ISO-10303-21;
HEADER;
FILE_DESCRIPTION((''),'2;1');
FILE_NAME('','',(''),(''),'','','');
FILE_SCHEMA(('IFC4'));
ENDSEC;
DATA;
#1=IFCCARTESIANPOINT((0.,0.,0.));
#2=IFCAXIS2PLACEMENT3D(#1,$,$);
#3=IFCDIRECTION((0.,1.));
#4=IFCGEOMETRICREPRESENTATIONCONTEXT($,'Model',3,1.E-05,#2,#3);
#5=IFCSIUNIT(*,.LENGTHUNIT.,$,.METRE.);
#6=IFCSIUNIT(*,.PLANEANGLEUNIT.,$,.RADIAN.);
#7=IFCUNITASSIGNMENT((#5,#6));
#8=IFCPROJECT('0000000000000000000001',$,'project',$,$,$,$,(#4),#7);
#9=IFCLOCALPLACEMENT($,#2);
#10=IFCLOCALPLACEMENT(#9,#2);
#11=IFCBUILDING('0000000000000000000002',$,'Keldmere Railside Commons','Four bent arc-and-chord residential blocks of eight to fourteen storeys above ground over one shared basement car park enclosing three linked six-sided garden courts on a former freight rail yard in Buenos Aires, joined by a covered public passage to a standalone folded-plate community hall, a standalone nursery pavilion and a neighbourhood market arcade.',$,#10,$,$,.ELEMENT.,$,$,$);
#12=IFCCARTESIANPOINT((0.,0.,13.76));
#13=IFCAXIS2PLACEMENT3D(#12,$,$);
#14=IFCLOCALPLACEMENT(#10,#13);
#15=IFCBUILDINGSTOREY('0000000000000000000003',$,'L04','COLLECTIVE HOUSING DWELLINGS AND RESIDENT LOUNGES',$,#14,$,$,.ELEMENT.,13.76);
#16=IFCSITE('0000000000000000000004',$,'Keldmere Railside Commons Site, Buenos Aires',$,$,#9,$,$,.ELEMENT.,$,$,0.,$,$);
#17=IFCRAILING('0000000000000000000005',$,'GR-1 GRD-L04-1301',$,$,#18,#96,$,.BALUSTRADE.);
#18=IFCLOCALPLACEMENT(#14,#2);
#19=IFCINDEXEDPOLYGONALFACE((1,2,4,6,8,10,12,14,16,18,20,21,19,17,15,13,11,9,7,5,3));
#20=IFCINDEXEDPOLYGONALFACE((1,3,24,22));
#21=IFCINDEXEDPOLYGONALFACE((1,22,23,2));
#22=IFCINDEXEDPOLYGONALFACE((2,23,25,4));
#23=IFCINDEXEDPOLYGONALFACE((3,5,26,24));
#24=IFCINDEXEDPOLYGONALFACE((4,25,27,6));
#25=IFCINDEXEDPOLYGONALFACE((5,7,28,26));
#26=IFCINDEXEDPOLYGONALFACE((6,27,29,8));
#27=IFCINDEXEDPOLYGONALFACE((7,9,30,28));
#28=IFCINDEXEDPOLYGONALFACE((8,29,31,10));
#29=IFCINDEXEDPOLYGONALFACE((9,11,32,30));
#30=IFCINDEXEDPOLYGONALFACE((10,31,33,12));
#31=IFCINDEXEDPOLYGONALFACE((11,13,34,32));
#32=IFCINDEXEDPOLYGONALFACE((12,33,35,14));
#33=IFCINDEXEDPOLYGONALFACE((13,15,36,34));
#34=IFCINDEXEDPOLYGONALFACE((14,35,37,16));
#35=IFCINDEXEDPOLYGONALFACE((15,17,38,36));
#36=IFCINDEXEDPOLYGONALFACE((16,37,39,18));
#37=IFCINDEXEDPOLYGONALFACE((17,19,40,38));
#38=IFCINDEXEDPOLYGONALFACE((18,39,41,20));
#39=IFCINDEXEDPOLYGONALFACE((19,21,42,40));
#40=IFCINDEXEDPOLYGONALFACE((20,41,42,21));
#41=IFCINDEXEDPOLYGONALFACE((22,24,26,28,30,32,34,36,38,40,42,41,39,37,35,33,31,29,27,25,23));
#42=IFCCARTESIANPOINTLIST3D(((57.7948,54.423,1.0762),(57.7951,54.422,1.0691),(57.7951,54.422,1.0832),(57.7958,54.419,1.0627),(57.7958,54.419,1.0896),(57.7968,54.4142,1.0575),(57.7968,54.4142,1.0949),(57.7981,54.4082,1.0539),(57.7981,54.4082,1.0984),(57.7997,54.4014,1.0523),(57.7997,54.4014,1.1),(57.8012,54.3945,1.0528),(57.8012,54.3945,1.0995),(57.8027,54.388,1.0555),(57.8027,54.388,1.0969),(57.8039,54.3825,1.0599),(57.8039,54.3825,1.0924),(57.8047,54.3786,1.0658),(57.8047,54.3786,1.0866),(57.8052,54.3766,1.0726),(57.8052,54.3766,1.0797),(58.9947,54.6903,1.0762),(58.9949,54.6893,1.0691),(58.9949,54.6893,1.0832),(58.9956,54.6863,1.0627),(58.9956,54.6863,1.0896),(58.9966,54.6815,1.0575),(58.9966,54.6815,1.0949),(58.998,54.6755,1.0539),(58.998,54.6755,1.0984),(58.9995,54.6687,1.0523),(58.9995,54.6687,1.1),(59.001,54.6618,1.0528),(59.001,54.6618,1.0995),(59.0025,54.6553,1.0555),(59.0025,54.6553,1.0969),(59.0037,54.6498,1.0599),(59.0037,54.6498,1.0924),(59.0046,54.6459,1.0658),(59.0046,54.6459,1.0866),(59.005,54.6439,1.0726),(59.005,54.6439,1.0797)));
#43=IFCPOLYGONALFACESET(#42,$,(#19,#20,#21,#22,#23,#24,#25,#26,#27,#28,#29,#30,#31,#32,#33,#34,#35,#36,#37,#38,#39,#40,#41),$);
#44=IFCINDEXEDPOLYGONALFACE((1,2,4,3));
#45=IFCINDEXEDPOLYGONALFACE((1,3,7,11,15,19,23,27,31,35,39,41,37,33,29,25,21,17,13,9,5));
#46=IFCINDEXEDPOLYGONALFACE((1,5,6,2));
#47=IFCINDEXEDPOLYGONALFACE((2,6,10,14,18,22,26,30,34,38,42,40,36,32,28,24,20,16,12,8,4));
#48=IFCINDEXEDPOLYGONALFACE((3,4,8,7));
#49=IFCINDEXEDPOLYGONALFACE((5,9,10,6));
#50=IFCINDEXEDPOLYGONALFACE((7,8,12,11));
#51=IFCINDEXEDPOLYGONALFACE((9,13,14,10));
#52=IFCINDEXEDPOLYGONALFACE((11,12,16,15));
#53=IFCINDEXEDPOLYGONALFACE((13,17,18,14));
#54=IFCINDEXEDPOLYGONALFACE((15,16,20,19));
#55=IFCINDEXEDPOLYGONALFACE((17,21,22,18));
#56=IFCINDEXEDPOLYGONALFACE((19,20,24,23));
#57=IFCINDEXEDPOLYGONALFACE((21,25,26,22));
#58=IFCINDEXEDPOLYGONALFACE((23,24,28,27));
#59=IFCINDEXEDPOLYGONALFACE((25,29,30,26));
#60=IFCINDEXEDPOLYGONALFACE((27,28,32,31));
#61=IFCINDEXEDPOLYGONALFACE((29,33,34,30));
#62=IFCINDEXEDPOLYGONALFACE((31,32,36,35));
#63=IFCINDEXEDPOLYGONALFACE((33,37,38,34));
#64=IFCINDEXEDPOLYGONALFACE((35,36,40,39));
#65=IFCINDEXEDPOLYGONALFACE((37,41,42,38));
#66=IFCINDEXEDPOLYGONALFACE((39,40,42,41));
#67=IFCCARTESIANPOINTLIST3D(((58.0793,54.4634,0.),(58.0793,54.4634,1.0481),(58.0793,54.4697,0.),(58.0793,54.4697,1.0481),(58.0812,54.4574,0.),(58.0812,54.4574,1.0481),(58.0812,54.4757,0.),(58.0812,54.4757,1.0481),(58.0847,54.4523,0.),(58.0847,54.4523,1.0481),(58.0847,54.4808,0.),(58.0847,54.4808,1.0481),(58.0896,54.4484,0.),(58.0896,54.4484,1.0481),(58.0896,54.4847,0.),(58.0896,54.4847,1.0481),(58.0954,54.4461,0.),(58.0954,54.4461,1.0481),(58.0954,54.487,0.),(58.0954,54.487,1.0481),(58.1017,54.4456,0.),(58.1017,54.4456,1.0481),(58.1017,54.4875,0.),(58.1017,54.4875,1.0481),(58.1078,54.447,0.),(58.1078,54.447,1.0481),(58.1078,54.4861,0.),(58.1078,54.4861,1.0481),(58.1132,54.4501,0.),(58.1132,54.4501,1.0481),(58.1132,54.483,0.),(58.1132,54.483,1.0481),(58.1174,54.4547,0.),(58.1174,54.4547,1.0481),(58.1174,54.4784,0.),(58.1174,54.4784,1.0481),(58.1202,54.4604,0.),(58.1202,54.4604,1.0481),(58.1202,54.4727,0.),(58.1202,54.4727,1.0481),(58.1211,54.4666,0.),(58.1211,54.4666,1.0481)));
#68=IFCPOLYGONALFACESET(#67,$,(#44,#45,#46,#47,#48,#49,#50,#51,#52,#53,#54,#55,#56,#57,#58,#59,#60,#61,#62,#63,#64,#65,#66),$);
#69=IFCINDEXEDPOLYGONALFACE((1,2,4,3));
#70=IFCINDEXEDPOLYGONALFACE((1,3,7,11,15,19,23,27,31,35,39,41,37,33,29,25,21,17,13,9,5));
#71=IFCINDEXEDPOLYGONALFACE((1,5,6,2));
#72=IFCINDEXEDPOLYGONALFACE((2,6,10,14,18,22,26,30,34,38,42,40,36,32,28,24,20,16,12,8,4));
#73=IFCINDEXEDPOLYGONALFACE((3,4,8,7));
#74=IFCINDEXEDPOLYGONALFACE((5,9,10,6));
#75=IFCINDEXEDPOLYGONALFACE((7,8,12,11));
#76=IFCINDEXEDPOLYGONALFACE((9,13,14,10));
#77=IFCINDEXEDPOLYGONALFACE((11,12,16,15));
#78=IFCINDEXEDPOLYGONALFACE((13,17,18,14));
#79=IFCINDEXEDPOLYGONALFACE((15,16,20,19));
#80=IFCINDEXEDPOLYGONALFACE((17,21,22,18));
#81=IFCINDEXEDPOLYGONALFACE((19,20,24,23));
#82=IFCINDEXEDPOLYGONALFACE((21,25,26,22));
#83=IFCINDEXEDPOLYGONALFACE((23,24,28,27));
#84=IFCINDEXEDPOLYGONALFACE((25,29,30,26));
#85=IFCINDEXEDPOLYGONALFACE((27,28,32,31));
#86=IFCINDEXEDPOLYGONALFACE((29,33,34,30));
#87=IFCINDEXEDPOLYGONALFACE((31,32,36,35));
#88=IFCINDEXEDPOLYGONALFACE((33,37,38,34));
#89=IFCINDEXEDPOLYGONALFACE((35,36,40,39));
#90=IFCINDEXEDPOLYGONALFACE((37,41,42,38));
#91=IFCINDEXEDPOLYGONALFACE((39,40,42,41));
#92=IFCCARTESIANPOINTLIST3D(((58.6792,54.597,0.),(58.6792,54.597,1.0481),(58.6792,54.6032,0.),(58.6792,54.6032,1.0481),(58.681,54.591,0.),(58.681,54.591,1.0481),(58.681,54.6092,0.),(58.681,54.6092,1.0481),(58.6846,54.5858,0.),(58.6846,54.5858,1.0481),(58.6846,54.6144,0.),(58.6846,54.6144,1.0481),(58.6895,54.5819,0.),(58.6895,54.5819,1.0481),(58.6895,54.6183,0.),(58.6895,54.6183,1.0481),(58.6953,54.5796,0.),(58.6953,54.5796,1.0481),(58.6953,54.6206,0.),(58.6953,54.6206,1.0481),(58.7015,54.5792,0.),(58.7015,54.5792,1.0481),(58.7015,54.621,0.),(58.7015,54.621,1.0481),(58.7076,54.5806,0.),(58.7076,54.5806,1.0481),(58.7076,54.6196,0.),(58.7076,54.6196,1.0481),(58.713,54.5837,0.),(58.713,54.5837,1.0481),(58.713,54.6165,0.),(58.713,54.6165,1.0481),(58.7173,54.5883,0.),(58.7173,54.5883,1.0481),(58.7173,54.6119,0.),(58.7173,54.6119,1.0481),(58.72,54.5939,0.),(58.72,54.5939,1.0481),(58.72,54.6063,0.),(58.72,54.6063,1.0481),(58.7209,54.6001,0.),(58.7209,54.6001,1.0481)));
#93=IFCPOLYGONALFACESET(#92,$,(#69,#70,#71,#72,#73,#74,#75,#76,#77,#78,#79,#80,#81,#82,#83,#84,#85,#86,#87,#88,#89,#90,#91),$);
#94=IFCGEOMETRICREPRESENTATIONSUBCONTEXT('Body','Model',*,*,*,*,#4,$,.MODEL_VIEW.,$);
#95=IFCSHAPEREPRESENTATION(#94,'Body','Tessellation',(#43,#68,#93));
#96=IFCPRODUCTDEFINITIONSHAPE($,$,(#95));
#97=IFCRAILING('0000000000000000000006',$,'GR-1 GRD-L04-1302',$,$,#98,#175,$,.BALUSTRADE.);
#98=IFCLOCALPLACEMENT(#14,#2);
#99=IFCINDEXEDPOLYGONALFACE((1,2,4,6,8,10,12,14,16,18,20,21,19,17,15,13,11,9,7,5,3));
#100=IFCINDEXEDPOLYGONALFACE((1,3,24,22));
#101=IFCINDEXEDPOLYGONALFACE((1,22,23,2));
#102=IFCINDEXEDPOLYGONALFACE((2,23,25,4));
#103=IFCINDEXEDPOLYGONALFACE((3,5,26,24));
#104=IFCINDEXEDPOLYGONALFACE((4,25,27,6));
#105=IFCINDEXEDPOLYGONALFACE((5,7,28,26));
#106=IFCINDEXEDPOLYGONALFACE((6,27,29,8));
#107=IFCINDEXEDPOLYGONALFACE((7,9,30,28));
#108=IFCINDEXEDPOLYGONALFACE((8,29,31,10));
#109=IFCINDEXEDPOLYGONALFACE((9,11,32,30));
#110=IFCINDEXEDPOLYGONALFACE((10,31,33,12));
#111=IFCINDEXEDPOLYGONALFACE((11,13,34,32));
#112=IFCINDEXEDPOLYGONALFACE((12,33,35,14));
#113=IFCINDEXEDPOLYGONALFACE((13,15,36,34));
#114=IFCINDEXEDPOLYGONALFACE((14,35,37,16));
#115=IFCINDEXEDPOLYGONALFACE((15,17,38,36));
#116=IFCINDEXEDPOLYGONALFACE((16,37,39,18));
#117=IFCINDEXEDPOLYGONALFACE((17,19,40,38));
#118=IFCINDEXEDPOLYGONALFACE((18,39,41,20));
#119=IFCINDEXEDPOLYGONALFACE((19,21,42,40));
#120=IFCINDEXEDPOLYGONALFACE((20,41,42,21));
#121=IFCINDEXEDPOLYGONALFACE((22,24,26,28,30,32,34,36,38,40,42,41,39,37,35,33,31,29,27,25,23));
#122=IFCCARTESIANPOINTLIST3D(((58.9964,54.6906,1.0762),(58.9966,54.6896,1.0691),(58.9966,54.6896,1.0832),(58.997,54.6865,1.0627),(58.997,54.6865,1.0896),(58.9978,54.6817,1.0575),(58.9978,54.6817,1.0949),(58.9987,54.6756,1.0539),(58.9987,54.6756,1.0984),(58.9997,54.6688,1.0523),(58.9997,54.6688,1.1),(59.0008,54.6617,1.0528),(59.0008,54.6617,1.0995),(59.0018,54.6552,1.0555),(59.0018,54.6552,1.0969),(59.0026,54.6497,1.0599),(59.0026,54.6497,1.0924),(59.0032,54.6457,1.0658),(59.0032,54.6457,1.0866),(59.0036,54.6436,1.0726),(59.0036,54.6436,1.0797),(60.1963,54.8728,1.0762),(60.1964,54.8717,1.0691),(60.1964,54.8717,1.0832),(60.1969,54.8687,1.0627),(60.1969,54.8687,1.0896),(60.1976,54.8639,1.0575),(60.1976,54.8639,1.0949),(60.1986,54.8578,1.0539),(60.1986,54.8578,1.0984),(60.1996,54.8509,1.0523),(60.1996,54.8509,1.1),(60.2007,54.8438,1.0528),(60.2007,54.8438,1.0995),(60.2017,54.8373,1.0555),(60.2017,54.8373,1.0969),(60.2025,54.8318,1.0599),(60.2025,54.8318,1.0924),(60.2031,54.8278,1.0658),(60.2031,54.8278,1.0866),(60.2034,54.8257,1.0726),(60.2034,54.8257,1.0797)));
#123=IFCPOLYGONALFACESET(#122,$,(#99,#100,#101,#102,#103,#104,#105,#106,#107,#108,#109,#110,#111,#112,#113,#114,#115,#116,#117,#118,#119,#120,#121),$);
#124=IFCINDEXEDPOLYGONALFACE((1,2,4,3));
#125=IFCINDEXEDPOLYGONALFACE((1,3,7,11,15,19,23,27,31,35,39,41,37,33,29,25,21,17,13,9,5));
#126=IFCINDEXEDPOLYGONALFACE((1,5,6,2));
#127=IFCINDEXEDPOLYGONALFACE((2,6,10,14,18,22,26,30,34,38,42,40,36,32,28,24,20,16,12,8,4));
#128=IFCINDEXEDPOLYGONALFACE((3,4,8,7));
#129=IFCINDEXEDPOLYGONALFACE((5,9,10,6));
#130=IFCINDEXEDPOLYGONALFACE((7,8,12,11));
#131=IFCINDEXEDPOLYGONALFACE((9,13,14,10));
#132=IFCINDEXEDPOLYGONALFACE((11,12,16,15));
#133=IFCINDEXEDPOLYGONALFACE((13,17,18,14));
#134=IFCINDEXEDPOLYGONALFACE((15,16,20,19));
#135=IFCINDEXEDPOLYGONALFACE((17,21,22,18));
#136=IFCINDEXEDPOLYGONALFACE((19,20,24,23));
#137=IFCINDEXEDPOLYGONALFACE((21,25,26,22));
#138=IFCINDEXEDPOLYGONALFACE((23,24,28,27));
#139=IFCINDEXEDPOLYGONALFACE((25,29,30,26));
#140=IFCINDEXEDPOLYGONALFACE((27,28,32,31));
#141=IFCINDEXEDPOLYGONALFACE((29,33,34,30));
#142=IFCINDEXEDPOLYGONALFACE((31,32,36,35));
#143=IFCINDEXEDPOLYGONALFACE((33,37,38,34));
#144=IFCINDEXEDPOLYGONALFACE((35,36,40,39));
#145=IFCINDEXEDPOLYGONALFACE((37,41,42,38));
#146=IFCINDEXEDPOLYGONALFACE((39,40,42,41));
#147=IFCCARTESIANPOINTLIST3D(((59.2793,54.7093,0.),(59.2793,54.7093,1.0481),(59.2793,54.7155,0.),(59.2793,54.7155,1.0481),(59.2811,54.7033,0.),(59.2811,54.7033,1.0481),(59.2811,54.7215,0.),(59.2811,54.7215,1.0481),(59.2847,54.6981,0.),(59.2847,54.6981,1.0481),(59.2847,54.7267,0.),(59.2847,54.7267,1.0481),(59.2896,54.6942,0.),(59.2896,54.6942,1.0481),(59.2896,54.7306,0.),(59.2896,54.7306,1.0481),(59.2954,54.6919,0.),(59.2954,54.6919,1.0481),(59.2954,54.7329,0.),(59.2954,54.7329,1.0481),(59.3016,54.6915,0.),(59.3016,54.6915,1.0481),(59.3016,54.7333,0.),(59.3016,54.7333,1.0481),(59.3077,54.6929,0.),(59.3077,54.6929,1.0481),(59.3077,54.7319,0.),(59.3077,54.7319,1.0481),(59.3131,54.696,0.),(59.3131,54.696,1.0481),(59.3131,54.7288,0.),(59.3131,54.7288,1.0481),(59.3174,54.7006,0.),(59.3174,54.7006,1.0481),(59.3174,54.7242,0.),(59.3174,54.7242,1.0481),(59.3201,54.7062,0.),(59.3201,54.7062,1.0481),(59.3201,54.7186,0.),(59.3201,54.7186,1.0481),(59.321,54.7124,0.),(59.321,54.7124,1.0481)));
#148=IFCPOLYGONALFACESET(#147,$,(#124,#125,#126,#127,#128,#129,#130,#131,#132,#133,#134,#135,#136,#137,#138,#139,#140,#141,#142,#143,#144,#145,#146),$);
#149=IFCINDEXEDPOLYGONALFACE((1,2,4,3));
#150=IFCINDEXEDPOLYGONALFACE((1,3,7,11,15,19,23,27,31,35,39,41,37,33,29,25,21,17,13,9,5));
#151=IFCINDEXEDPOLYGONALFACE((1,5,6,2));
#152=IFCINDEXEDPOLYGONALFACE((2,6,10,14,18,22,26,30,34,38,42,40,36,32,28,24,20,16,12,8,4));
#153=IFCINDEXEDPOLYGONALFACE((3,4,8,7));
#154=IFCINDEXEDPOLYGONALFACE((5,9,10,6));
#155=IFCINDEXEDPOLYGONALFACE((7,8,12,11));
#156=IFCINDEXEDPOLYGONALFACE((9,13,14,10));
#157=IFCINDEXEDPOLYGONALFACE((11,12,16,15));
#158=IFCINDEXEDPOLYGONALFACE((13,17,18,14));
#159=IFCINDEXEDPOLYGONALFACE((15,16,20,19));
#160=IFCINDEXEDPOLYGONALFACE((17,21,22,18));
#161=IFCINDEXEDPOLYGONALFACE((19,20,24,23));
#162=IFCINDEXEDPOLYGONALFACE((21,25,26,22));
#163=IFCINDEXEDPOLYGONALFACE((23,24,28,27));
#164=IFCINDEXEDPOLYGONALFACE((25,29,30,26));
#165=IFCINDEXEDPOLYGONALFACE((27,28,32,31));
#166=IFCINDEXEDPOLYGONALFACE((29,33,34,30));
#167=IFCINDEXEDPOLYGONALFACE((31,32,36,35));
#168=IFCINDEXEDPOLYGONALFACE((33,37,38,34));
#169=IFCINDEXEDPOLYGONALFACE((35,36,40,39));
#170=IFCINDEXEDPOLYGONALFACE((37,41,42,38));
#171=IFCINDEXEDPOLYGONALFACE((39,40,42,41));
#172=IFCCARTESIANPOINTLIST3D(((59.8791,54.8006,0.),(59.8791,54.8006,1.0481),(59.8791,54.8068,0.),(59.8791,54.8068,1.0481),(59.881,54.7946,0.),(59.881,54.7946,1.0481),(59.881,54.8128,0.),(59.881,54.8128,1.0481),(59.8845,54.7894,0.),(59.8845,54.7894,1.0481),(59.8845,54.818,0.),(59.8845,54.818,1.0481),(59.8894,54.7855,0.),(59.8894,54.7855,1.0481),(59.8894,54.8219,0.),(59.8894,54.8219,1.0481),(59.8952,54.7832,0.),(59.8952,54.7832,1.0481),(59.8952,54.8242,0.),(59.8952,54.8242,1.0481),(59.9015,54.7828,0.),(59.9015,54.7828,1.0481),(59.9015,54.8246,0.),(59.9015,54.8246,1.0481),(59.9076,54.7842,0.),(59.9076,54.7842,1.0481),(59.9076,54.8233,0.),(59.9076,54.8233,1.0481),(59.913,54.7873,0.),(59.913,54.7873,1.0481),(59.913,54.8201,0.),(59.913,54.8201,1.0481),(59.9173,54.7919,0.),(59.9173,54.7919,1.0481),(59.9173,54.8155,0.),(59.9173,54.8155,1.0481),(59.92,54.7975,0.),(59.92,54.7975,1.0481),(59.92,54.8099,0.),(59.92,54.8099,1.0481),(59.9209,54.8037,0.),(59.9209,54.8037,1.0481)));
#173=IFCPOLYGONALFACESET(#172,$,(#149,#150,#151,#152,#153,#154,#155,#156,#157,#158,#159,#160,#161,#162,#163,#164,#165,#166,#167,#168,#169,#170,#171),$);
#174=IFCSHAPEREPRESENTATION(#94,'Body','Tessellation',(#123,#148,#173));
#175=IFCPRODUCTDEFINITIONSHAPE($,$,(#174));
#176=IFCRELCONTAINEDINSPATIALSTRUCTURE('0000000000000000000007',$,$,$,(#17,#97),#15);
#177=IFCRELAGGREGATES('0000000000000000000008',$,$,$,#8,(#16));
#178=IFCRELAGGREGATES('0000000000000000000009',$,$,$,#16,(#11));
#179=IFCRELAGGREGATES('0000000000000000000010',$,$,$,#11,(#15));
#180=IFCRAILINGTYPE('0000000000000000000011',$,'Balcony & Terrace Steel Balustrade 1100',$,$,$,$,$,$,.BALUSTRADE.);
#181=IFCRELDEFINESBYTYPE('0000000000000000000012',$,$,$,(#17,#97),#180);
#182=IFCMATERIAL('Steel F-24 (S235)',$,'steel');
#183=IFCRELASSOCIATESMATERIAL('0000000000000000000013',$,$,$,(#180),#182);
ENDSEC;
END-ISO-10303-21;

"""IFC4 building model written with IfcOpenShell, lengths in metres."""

from ifc_helpers import new_model, si_unit, direction, frame, origin, origin_2d, place, context, subcontext, project, spatial, circle, extrude, material, type_object, element, save


model = new_model("IFC4")

# Units and contexts
model_context = context("Model", 3, precision=1e-05, world=origin(), true_north=direction((0.0, 1.0)))
body_context = subcontext(model_context, "Body", "Model", "MODEL_VIEW")
ifc_project = project(units=[si_unit("LENGTHUNIT", "METRE"), si_unit("PLANEANGLEUNIT", "RADIAN")], contexts=[model_context])

# Site, building, storey
site_placement = place(None, origin())
site = spatial("IfcSite", under=ifc_project, at=site_placement, Name="Keldmere Railside Commons Site, Buenos Aires", CompositionType="ELEMENT", RefElevation=0.0)
building_placement = place(site_placement, origin())
building = spatial("IfcBuilding", under=site, at=building_placement, Name="Keldmere Railside Commons", Description="Four bent arc-and-chord residential blocks of eight to fourteen storeys above ground over one shared basement car park enclosing three linked six-sided garden courts on a former freight rail yard in Buenos Aires, joined by a covered public passage to a standalone folded-plate community hall, a standalone nursery pavilion and a neighbourhood market arcade.", CompositionType="ELEMENT")
storey_placement = place(building_placement, frame((0.0, 0.0, 13.76)))
storey = spatial("IfcBuildingStorey", under=building, at=storey_placement, Name="L04", Description="COLLECTIVE HOUSING DWELLINGS AND RESIDENT LOUNGES", CompositionType="ELEMENT", Elevation=13.76)

# Railings
ifc_material_1 = material(Name="Steel F-24 (S235)", Category="steel")
railing_type = type_object("IfcRailingType", Name="Balcony & Terrace Steel Balustrade 1100", PredefinedType="BALUSTRADE", material=ifc_material_1)
railing_1_placement = place(storey_placement, frame((57.8, 54.3997, 0.0)))
element("IfcRailing", 1, at=railing_1_placement, inside=storey, type_object=railing_type, Name="GR-1 GRD-L04-1301", PredefinedType="BALUSTRADE", context=body_context, shape_type="SweptSolid", body=[
    extrude(circle(Radius=0.0239, at=origin_2d()), frame((0.0, 0.0, 1.0762), z_axis=(0.97607, 0.217456, 0.0), x_axis=(-0.217456, 0.97607, 0.0)), (0.0, 0.0, 1.0), 1.2292),
    extrude(circle(Radius=0.021, at=origin_2d()), frame((0.3, 0.0669, 0.0)), (0.0, 0.0, 1.0), 1.0481),
    extrude(circle(Radius=0.021, at=origin_2d()), frame((0.8999, 0.2004, 0.0)), (0.0, 0.0, 1.0), 1.0481),
])
railing_2_placement = place(storey_placement, frame((59.0, 54.667, 0.0)))
element("IfcRailing", 2, at=railing_2_placement, inside=storey, type_object=railing_type, Name="GR-1 GRD-L04-1302", PredefinedType="BALUSTRADE", context=body_context, shape_type="SweptSolid", body=[
    extrude(circle(Radius=0.0239, at=origin_2d()), frame((0.0, 0.0, 1.0762), z_axis=(0.988677, 0.150062, 0.0), x_axis=(-0.150062, 0.988677, 0.0)), (0.0, 0.0, 1.0), 1.2136),
    extrude(circle(Radius=0.021, at=origin_2d()), frame((0.3, 0.0454, 0.0)), (0.0, 0.0, 1.0), 1.0481),
    extrude(circle(Radius=0.021, at=origin_2d()), frame((0.8999, 0.1367, 0.0)), (0.0, 0.0, 1.0), 1.0481),
])

save(model, "model.ifc")
